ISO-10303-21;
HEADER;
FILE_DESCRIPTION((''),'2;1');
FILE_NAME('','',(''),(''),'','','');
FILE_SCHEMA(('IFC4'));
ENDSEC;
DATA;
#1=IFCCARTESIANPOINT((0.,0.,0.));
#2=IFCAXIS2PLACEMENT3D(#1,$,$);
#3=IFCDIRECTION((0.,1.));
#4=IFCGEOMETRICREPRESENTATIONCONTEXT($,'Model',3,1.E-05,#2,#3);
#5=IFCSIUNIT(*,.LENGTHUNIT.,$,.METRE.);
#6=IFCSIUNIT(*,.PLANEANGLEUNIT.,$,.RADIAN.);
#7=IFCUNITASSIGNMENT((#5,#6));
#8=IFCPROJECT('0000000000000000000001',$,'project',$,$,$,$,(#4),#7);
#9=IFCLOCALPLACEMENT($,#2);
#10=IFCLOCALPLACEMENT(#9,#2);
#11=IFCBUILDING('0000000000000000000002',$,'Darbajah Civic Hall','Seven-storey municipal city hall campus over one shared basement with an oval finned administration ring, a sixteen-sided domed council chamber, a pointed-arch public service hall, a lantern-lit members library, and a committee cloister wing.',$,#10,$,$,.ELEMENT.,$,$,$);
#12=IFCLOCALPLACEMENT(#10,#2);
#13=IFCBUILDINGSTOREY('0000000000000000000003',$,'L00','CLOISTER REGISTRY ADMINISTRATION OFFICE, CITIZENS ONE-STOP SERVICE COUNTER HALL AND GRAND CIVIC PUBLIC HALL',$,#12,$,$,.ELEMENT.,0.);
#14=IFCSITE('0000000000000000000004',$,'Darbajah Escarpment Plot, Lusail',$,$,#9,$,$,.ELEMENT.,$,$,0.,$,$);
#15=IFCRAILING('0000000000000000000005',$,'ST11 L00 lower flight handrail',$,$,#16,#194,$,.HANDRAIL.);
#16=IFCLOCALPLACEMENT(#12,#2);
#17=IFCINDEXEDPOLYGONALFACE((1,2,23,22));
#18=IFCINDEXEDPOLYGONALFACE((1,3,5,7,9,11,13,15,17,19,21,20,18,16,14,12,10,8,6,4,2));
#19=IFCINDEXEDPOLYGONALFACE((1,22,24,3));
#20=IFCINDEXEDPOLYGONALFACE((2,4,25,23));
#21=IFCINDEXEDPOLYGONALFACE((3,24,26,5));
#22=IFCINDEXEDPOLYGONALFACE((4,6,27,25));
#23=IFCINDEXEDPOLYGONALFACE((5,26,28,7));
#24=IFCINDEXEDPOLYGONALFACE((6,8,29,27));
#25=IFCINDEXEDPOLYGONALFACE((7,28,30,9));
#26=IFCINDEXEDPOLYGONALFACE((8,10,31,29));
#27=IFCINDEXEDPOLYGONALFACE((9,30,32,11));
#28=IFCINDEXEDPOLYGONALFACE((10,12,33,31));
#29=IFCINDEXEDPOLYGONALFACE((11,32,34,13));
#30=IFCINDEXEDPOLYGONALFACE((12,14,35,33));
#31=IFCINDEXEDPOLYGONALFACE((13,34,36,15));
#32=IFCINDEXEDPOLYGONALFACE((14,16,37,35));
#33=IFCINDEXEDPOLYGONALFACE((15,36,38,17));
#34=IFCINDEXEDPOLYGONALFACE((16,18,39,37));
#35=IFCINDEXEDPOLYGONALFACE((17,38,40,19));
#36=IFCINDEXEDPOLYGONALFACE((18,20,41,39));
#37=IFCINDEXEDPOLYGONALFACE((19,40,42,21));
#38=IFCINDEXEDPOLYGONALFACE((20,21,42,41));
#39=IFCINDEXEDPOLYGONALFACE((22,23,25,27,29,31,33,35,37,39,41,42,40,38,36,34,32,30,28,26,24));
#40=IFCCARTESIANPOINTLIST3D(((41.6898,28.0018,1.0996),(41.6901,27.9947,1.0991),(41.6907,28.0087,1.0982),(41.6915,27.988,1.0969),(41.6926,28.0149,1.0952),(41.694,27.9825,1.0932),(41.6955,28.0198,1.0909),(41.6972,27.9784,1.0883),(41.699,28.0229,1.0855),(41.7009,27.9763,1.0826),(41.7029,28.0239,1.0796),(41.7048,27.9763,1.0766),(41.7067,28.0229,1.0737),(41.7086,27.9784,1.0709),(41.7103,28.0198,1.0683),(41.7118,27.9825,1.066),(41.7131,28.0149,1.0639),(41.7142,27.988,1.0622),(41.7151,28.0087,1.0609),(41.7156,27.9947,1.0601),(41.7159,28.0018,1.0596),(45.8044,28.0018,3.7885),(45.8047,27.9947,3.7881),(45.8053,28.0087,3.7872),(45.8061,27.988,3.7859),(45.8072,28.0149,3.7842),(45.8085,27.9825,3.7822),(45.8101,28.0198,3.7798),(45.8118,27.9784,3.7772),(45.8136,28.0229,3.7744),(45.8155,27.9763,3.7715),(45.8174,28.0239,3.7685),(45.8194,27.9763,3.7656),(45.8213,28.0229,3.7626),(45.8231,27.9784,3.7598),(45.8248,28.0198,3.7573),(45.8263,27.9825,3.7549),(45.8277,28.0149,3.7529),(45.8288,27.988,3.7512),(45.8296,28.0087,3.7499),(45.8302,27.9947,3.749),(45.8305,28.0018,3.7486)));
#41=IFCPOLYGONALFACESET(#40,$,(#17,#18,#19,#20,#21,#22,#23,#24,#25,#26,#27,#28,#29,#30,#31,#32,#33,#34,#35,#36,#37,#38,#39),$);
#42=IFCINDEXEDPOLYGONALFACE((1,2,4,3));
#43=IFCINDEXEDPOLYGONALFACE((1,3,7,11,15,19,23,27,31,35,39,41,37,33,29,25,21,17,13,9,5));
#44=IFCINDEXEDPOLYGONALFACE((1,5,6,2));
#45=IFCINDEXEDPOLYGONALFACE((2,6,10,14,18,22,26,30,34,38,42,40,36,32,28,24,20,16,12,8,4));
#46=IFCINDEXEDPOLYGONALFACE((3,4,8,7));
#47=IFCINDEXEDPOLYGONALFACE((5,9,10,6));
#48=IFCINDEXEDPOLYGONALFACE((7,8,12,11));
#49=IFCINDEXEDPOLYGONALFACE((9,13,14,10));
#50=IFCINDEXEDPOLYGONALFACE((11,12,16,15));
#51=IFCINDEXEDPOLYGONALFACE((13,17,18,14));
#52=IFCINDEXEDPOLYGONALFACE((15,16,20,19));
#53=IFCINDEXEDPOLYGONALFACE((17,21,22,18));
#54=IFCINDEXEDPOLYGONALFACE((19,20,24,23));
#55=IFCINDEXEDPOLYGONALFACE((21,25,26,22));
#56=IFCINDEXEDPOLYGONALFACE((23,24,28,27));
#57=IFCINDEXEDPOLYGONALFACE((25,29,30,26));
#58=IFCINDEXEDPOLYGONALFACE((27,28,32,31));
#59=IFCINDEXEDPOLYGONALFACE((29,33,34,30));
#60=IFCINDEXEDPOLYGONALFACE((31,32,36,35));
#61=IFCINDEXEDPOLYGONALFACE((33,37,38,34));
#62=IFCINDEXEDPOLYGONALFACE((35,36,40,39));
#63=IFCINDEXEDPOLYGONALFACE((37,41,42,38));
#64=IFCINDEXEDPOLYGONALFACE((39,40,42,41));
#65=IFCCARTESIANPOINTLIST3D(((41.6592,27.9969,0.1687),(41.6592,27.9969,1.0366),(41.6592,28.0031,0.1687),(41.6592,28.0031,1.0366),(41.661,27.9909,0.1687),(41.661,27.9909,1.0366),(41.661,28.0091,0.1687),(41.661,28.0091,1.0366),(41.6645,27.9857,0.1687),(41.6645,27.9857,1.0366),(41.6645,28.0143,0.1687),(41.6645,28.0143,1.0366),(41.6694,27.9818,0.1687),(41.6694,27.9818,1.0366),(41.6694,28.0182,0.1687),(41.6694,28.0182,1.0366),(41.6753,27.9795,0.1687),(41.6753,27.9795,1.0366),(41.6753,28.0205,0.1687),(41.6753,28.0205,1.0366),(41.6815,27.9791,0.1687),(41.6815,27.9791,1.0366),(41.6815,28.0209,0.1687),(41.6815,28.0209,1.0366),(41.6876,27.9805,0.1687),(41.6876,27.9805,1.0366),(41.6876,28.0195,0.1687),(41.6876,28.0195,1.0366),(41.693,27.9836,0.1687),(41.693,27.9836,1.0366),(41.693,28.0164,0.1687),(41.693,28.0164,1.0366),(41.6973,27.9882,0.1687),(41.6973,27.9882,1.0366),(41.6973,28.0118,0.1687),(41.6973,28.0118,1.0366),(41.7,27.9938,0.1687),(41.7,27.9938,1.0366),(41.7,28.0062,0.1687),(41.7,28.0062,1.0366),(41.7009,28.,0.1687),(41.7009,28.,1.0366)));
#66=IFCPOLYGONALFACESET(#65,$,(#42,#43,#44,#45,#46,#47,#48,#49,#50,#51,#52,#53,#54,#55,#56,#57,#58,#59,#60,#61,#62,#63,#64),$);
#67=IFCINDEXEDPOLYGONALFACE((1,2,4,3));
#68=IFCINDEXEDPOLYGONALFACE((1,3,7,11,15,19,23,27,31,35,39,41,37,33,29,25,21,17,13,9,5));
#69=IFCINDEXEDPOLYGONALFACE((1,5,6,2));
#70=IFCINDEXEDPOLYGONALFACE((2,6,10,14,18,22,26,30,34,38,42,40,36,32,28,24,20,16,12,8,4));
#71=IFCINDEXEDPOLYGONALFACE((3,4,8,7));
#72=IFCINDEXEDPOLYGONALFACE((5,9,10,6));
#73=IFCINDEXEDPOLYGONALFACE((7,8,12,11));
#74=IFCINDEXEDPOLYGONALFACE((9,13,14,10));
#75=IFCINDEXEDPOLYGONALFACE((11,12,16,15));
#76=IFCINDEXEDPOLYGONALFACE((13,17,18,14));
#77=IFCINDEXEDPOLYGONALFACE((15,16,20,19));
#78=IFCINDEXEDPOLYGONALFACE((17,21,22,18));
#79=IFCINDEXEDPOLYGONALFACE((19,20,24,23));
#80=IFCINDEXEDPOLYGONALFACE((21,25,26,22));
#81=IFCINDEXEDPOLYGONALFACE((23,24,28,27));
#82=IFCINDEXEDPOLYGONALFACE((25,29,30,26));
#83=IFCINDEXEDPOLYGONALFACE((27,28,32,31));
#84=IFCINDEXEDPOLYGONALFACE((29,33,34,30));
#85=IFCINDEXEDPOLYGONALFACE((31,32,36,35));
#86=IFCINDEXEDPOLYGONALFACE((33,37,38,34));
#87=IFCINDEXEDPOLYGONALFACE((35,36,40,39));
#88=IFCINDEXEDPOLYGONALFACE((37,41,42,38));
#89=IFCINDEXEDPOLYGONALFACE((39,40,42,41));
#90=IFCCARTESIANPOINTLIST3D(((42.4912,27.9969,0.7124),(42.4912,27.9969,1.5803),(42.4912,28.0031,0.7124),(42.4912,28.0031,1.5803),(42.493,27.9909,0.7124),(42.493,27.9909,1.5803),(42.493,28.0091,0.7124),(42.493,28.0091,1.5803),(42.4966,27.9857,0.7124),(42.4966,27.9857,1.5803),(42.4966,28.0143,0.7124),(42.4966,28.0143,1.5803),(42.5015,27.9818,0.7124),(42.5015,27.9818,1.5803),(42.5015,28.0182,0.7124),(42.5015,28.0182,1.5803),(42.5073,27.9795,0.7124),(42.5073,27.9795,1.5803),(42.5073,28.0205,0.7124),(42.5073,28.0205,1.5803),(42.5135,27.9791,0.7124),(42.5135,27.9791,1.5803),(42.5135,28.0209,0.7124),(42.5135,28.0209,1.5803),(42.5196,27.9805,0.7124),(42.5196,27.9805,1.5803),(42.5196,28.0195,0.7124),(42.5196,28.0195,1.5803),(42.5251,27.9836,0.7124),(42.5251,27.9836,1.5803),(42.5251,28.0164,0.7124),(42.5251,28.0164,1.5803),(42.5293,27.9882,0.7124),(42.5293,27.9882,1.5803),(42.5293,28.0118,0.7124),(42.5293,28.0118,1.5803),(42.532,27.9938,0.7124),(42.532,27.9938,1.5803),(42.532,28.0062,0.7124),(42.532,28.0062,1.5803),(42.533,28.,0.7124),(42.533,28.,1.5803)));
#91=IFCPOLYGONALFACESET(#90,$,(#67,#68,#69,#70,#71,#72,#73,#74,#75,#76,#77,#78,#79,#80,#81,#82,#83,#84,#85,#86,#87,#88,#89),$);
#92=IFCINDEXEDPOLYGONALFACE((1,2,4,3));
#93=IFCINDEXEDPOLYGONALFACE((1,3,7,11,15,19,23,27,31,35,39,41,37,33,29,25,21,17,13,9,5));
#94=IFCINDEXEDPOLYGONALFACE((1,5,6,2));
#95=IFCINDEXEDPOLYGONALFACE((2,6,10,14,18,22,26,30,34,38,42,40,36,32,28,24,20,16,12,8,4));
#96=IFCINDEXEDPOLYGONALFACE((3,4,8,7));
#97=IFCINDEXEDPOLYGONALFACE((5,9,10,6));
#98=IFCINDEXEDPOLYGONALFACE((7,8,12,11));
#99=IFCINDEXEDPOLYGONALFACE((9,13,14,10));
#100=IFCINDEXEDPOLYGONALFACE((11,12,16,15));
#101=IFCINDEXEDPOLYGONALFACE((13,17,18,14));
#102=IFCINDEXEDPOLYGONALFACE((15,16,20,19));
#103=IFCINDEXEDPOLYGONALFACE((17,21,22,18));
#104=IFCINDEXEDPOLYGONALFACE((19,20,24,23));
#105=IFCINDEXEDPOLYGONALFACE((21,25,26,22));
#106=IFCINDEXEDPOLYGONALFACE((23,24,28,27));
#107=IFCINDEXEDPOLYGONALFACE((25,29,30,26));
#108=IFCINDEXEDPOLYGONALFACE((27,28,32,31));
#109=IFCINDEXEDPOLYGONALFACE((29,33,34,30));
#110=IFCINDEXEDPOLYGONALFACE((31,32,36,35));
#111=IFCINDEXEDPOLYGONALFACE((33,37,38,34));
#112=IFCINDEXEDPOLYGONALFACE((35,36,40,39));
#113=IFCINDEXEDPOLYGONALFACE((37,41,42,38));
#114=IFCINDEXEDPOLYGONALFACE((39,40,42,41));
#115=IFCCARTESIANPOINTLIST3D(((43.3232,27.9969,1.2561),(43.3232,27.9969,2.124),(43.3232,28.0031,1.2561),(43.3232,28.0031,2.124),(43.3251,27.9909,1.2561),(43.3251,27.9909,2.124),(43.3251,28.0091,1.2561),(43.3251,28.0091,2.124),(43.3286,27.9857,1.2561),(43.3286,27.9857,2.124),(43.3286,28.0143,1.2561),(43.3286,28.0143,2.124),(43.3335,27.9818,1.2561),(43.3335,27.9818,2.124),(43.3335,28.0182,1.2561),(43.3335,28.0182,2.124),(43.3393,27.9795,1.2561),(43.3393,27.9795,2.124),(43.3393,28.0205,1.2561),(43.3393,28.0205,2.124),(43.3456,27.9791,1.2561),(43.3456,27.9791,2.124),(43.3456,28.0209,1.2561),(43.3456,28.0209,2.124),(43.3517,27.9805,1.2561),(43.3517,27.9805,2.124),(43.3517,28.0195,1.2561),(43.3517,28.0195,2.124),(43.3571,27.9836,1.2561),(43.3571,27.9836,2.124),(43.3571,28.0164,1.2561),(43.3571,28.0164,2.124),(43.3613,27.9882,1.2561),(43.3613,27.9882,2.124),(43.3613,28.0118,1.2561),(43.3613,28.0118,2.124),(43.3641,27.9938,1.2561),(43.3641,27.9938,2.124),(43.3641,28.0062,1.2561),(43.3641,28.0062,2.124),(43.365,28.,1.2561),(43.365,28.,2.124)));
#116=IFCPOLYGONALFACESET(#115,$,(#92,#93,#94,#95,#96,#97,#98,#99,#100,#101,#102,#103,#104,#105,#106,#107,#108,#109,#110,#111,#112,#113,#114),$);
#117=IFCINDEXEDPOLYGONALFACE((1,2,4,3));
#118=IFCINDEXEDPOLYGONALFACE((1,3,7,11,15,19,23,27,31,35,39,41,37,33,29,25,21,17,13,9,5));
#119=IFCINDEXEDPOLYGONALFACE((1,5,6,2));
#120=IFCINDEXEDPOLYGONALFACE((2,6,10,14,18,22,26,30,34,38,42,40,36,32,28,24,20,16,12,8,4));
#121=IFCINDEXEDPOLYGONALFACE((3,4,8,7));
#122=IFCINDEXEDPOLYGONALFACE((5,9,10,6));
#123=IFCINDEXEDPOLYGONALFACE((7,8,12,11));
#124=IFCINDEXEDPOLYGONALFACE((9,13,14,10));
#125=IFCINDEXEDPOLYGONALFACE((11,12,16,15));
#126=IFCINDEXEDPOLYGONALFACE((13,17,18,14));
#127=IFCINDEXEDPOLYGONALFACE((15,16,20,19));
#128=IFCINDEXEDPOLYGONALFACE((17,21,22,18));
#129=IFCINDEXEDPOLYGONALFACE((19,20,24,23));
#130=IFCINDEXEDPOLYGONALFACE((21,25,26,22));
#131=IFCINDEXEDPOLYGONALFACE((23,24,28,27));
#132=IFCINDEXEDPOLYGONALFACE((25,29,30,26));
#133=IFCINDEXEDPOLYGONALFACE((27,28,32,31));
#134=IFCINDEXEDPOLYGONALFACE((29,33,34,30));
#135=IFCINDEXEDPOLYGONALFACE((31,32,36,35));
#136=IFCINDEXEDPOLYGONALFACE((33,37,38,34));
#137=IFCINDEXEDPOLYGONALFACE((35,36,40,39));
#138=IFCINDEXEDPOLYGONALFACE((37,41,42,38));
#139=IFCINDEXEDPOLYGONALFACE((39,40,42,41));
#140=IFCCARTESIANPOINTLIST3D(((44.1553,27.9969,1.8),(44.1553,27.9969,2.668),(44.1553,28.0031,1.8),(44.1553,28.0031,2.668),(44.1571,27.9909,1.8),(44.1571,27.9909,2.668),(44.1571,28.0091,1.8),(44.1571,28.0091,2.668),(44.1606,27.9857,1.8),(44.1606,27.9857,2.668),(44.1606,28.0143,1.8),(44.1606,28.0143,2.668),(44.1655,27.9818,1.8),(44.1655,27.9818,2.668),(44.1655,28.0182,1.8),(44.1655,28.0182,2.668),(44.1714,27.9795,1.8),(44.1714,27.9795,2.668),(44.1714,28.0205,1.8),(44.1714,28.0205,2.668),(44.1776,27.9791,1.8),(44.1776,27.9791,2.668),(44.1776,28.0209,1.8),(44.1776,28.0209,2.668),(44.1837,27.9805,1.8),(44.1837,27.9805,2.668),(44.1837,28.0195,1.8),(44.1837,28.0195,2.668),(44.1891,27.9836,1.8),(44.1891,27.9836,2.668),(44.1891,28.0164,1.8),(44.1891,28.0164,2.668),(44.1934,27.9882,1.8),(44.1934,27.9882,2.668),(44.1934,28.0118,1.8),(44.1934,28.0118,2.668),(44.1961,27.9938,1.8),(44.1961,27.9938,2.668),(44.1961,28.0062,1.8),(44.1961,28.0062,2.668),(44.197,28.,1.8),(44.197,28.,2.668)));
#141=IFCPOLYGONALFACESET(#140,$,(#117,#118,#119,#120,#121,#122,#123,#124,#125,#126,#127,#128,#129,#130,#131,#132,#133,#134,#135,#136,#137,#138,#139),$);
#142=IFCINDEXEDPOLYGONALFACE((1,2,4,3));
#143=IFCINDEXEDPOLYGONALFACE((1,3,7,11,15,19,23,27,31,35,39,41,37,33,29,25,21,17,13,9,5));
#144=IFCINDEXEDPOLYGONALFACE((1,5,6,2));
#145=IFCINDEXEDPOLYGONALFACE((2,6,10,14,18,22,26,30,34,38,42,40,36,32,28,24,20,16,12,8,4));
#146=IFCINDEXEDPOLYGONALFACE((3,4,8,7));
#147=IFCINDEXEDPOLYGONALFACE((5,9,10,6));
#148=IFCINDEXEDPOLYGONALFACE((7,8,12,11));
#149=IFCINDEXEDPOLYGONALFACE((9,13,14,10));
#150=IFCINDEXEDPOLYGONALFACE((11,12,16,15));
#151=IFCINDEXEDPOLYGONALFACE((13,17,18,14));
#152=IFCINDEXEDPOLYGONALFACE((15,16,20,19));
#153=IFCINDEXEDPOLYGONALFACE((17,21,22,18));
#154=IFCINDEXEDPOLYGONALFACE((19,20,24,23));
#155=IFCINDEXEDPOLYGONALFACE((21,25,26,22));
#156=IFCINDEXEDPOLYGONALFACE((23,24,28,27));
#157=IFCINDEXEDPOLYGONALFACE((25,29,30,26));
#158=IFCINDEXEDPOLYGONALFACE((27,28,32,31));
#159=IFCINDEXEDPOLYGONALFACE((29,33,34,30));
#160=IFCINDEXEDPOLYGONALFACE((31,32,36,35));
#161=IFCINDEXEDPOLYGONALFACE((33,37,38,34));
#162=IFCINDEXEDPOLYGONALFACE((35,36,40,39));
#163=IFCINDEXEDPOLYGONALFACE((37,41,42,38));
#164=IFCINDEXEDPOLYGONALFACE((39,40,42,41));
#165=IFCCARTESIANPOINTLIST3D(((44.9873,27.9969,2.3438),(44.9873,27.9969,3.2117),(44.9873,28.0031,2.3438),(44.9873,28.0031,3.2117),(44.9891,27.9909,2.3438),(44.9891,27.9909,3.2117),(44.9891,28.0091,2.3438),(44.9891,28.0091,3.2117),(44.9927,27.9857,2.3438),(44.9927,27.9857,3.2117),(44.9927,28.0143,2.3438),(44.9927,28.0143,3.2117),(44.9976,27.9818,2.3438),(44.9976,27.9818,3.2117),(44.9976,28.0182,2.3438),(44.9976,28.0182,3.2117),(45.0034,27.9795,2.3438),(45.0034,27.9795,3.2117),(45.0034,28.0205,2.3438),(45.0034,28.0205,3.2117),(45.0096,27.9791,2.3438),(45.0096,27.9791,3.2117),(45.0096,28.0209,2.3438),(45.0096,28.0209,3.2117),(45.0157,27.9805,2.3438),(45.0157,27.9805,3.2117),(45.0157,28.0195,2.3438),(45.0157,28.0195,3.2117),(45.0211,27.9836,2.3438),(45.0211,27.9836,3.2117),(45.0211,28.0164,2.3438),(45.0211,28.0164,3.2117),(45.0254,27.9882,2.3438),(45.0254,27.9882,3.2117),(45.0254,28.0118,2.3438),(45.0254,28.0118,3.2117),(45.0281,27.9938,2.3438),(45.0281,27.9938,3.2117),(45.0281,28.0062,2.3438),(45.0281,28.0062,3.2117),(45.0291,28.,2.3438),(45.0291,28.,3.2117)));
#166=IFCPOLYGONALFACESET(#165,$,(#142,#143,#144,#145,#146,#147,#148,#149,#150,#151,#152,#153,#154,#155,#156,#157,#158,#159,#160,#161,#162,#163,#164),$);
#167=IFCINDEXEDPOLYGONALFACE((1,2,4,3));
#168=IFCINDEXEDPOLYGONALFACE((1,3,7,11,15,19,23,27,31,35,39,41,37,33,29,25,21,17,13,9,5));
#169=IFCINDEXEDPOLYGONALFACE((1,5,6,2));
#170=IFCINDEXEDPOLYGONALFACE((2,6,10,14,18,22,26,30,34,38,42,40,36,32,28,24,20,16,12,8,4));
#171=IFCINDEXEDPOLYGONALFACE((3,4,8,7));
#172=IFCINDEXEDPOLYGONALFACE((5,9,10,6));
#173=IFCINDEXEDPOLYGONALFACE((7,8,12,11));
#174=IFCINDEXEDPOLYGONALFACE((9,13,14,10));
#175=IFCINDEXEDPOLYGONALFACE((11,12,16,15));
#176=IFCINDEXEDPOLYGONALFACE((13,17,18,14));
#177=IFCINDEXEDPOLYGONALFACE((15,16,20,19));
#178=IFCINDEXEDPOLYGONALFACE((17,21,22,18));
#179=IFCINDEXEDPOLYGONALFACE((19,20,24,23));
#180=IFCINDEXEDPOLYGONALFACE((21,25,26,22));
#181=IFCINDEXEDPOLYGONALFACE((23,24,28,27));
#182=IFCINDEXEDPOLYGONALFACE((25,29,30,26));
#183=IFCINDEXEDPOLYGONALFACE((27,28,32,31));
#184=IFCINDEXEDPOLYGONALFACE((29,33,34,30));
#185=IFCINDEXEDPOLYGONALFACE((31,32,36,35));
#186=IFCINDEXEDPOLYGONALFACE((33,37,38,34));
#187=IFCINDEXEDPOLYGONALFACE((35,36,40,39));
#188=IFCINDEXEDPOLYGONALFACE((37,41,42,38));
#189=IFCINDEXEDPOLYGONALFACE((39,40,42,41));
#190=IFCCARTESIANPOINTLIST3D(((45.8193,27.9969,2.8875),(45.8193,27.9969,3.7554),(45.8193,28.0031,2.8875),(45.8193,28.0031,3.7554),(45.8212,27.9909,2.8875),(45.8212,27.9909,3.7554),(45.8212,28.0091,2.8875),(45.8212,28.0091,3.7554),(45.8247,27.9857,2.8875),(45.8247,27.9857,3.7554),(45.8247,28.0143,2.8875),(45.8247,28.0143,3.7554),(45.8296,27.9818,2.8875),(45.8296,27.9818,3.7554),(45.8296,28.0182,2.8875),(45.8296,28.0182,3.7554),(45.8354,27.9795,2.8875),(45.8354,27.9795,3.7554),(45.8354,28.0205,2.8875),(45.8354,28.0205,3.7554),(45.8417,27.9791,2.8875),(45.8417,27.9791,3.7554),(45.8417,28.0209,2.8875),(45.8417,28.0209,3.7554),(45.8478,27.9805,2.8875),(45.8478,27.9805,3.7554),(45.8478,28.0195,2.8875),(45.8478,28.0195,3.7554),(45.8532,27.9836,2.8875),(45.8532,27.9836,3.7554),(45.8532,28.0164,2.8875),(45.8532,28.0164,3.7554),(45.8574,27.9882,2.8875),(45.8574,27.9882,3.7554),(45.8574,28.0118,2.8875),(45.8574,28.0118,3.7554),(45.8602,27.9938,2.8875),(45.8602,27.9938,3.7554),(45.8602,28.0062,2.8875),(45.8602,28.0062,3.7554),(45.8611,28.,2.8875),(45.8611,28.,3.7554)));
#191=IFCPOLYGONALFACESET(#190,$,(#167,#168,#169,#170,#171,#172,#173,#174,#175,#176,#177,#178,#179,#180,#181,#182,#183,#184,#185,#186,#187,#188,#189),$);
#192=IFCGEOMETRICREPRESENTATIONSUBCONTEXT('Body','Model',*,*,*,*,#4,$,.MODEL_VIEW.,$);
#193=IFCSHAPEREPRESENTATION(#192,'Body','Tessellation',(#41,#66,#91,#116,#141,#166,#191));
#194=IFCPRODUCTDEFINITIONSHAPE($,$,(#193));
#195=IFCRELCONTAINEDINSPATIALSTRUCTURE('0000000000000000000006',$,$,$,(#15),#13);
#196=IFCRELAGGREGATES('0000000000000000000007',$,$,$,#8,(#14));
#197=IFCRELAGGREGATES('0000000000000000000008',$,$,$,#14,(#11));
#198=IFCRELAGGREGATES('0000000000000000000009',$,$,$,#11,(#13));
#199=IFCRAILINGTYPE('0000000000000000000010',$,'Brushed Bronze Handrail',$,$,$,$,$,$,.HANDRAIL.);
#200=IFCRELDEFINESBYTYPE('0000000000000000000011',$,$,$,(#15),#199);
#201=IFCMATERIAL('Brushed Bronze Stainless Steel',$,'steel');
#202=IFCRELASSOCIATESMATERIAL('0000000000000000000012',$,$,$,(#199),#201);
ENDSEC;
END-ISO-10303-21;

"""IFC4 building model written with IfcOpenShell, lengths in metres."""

from ifc_helpers import new_model, si_unit, direction, frame, origin, origin_2d, place, context, subcontext, project, spatial, circle, extrude, material, type_object, element, save


model = new_model("IFC4")

# Units and contexts
model_context = context("Model", 3, precision=1e-05, world=origin(), true_north=direction((0.0, 1.0)))
body_context = subcontext(model_context, "Body", "Model", "MODEL_VIEW")
ifc_project = project(units=[si_unit("LENGTHUNIT", "METRE"), si_unit("PLANEANGLEUNIT", "RADIAN")], contexts=[model_context])

# Site, building, storey
site_placement = place(None, origin())
site = spatial("IfcSite", under=ifc_project, at=site_placement, Name="Darbajah Escarpment Plot, Lusail", CompositionType="ELEMENT", RefElevation=0.0)
building_placement = place(site_placement, origin())
building = spatial("IfcBuilding", under=site, at=building_placement, Name="Darbajah Civic Hall", Description="Seven-storey municipal city hall campus over one shared basement with an oval finned administration ring, a sixteen-sided domed council chamber, a pointed-arch public service hall, a lantern-lit members library, and a committee cloister wing.", CompositionType="ELEMENT")
storey_placement = place(building_placement, origin())
storey = spatial("IfcBuildingStorey", under=building, at=storey_placement, Name="L00", Description="CLOISTER REGISTRY ADMINISTRATION OFFICE, CITIZENS ONE-STOP SERVICE COUNTER HALL AND GRAND CIVIC PUBLIC HALL", CompositionType="ELEMENT", Elevation=0.0)

# Railing
ifc_material_1 = material(Name="Brushed Bronze Stainless Steel", Category="steel")
railing_type_1 = type_object("IfcRailingType", Name="Brushed Bronze Handrail", PredefinedType="HANDRAIL", material=ifc_material_1)
railing_1_placement = place(storey_placement, frame((41.6799, 28.0, 0.1687)))
element("IfcRailing", 1, at=railing_1_placement, inside=storey, type_object=railing_type_1, Name="ST11 L00 lower flight handrail", PredefinedType="HANDRAIL", context=body_context, shape_type="SweptSolid", body=[
    extrude(circle(Radius=0.0239, at=origin_2d()), frame((0.0229, 0.0, 0.9109), z_axis=(0.837094, 0.0, 0.547059), x_axis=(0.0, 1.0, 0.0)), (0.0, 0.0, 1.0), 4.9153),
    extrude(circle(Radius=0.021, at=origin_2d()), origin(), (0.0, 0.0, 1.0), 0.8679),
    extrude(circle(Radius=0.021, at=origin_2d()), frame((0.832, 0.0, 0.5437)), (0.0, 0.0, 1.0), 0.8679),
    extrude(circle(Radius=0.021, at=origin_2d()), frame((1.6641, 0.0, 1.0874)), (0.0, 0.0, 1.0), 0.8679),
    extrude(circle(Radius=0.021, at=origin_2d()), frame((2.4961, 0.0, 1.6313)), (0.0, 0.0, 1.0), 0.8679),
    extrude(circle(Radius=0.021, at=origin_2d()), frame((3.3281, 0.0, 2.175)), (0.0, 0.0, 1.0), 0.8679),
    extrude(circle(Radius=0.021, at=origin_2d()), frame((4.1602, 0.0, 2.7188)), (0.0, 0.0, 1.0), 0.8679),
])

save(model, "model.ifc")
